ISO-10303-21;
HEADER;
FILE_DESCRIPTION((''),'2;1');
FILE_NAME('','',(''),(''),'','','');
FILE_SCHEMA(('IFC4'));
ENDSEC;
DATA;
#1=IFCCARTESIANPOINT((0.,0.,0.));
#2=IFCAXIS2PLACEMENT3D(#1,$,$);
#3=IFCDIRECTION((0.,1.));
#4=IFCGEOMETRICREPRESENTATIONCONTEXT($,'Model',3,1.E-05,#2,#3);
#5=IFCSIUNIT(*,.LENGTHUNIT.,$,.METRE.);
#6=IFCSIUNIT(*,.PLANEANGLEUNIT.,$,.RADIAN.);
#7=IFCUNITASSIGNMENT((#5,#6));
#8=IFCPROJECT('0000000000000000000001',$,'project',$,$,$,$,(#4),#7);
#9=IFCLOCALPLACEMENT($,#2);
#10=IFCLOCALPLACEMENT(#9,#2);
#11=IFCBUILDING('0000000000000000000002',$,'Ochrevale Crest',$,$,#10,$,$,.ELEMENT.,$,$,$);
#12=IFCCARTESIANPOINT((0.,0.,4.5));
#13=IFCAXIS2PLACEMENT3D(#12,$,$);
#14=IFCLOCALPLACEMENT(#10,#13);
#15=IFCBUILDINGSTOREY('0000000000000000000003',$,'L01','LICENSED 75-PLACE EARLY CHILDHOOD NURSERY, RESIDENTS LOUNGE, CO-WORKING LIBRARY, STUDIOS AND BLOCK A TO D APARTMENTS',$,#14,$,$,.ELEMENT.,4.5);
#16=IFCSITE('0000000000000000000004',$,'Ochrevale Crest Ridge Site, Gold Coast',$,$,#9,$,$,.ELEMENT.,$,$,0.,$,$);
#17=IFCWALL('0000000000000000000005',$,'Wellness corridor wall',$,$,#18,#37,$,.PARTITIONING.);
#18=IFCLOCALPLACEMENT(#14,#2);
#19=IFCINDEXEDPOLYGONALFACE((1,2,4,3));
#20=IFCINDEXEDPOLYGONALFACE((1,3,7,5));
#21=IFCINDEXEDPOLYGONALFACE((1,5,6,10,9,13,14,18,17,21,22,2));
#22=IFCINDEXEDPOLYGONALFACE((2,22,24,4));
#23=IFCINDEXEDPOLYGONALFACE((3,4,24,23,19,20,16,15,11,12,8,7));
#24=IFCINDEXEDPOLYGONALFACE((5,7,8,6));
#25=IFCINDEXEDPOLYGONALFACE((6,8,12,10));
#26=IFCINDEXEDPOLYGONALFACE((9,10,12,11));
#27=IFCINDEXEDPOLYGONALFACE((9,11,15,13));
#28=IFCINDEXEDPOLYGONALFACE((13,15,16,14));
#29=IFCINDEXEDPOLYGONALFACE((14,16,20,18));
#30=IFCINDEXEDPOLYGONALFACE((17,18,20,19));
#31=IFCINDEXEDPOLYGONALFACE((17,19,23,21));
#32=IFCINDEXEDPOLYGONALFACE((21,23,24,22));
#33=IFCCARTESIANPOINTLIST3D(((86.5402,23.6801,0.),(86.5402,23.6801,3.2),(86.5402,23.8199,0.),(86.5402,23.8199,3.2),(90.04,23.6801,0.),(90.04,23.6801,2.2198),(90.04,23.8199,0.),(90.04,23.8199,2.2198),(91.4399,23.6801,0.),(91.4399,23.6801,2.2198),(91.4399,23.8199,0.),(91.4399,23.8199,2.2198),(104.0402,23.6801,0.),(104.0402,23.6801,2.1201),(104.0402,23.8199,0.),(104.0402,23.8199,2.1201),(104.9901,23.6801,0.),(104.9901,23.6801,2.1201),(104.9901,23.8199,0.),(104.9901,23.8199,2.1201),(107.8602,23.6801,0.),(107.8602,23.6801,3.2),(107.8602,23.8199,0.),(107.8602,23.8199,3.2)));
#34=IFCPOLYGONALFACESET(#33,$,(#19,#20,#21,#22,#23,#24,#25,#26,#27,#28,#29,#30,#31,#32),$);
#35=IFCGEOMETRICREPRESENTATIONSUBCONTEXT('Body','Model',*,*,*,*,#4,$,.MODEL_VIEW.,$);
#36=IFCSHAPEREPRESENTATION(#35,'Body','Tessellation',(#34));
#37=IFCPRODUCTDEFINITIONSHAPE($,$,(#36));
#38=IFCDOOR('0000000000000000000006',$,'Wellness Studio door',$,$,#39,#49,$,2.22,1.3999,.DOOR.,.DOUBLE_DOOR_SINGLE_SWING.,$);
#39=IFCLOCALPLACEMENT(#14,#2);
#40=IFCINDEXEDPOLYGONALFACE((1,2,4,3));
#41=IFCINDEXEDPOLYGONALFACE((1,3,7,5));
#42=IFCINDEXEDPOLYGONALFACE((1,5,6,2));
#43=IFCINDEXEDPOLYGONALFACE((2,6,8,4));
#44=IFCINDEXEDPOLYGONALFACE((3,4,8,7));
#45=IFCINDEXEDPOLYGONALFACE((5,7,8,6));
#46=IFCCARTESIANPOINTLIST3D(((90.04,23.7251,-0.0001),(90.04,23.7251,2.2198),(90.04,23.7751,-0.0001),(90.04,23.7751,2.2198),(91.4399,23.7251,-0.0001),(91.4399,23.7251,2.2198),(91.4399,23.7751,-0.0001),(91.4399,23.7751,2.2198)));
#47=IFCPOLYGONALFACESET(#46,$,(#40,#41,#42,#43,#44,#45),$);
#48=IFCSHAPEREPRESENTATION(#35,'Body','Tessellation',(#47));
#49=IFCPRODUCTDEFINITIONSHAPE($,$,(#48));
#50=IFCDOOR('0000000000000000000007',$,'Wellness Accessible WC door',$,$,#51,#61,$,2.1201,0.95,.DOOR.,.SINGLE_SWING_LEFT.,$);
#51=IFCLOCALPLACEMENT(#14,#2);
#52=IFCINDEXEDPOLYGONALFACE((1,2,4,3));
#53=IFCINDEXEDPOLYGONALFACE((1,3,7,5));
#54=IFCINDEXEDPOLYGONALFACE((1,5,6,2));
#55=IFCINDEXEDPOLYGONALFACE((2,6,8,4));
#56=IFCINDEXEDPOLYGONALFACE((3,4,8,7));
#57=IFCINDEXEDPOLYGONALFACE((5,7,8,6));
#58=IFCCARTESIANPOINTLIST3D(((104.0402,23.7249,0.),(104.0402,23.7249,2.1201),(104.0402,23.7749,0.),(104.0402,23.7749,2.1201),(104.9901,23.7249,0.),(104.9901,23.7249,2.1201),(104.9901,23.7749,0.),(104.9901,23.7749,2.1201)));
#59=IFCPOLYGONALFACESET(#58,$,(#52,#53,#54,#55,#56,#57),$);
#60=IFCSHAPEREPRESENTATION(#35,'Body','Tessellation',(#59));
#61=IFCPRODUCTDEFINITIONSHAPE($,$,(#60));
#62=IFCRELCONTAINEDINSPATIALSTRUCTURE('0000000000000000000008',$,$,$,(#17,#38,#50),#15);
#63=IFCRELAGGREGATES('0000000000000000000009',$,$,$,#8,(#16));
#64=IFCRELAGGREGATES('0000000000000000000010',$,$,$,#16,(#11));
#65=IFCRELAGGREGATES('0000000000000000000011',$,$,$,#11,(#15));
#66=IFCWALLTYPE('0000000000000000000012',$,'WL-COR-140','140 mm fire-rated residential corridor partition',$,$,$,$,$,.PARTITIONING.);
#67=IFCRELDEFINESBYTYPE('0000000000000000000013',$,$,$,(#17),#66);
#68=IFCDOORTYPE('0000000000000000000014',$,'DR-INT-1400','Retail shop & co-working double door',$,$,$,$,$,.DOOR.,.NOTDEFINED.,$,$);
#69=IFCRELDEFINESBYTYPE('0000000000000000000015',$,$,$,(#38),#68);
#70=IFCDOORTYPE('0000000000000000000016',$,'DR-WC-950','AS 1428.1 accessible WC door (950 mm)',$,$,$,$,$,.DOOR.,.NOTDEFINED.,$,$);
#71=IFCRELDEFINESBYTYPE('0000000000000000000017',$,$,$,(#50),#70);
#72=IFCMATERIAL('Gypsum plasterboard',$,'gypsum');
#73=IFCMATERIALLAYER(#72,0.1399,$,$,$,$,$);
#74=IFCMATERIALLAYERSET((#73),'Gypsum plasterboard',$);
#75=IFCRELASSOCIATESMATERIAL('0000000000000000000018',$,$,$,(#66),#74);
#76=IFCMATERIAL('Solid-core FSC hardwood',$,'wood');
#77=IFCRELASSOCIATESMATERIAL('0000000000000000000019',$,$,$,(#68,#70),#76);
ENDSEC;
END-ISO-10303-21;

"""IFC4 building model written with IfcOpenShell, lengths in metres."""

from ifc_helpers import new_model, si_unit, direction, frame, frame_2d, origin, place, context, subcontext, project, spatial, rectangle, extrude, material, layer, layer_set, type_object, element, fill, save


model = new_model("IFC4")

# Units and contexts
model_context = context("Model", 3, precision=1e-05, world=origin(), true_north=direction((0.0, 1.0)))
body_context = subcontext(model_context, "Body", "Model", "MODEL_VIEW")
ifc_project = project(units=[si_unit("LENGTHUNIT", "METRE"), si_unit("PLANEANGLEUNIT", "RADIAN")], contexts=[model_context])

# Site, building, storey
site_placement = place(None, origin())
site = spatial("IfcSite", under=ifc_project, at=site_placement, Name="Ochrevale Crest Ridge Site, Gold Coast", CompositionType="ELEMENT", RefElevation=0.0)
building_placement = place(site_placement, origin())
building = spatial("IfcBuilding", under=site, at=building_placement, Name="Ochrevale Crest", CompositionType="ELEMENT")
storey_placement = place(building_placement, frame((0.0, 0.0, 4.5)))
storey = spatial("IfcBuildingStorey", under=building, at=storey_placement, Name="L01", Description="LICENSED 75-PLACE EARLY CHILDHOOD NURSERY, RESIDENTS LOUNGE, CO-WORKING LIBRARY, STUDIOS AND BLOCK A TO D APARTMENTS", CompositionType="ELEMENT", Elevation=4.5)

# Wall, openings, doors
ifc_material_1 = material(Name="Gypsum plasterboard", Category="gypsum")
ifc_layer_1 = layer(ifc_material_1, 0.1399)
ifc_layer_set_1 = layer_set([ifc_layer_1], Name="Gypsum plasterboard")
wall_type = type_object("IfcWallType", Name="WL-COR-140", Description="140 mm fire-rated residential corridor partition", PredefinedType="PARTITIONING", material=ifc_layer_set_1)
wall_placement = place(storey_placement, frame((86.54, 23.75, 0.0), z_axis=(0.0, 0.0, 1.0), x_axis=(1.0, 0.0, 0.0)))
wall = element("IfcWall", 1, at=wall_placement, inside=storey, type_object=wall_type, Name="Wellness corridor wall", PredefinedType="PARTITIONING", context=body_context, shape_type="SweptSolid", body=[
    extrude(rectangle(XDim=21.3201, YDim=0.1399, at=frame_2d((10.6602, 0.0))), origin(), (0.0, 0.0, 1.0), 3.2),
])
opening_1_placement = place(wall_placement, frame((4.8999, 0.0, 0.0), z_axis=(0.0, 0.0, 1.0), x_axis=(-1.0, 0.0, 0.0)))
opening_1 = element("IfcOpeningElement", 2, at=opening_1_placement, cuts=wall, PredefinedType="OPENING", context=body_context, shape_type="SweptSolid", body=[
    extrude(rectangle(XDim=1.3999, YDim=2.22, at=frame_2d((0.7, 1.1099))), frame((0.0, 0.0801, 0.0), z_axis=(0.0, -1.0, 0.0), x_axis=(1.0, 0.0, 0.0)), (0.0, 0.0, 1.0), 0.1599),
])
opening_2_placement = place(wall_placement, frame((17.5, 0.0, 0.0)))
opening_2 = element("IfcOpeningElement", 3, at=opening_2_placement, cuts=wall, PredefinedType="OPENING", context=body_context, shape_type="SweptSolid", body=[
    extrude(rectangle(XDim=0.95, YDim=2.1201, at=frame_2d((0.4751, 1.0601))), frame((0.0, 0.0801, 0.0), z_axis=(0.0, -1.0, 0.0), x_axis=(1.0, 0.0, 0.0)), (0.0, 0.0, 1.0), 0.1599),
])
ifc_material_2 = material(Name="Solid-core FSC hardwood", Category="wood")
door_type_1 = type_object("IfcDoorType", Name="DR-INT-1400", Description="Retail shop & co-working double door", OperationType="NOTDEFINED", PredefinedType="DOOR", material=ifc_material_2)
door_1_placement = place(opening_1_placement, origin())
door_1 = element("IfcDoor", 4, at=door_1_placement, inside=storey, type_object=door_type_1, Name="Wellness Studio door", OperationType="DOUBLE_DOOR_SINGLE_SWING", OverallHeight=2.22, OverallWidth=1.3999, PredefinedType="DOOR", context=body_context, shape_type="SweptSolid", body=[
    extrude(rectangle(XDim=1.3999, YDim=2.22, at=frame_2d((0.7, 1.1099))), frame((0.0, 0.0249, 0.0), z_axis=(0.0, -1.0, 0.0), x_axis=(1.0, 0.0, 0.0)), (0.0, 0.0, 1.0), 0.05),
])
fill(opening_1, door_1)
door_type_2 = type_object("IfcDoorType", Name="DR-WC-950", Description="AS 1428.1 accessible WC door (950 mm)", OperationType="NOTDEFINED", PredefinedType="DOOR", material=ifc_material_2)
door_2_placement = place(opening_2_placement, origin())
door_2 = element("IfcDoor", 5, at=door_2_placement, inside=storey, type_object=door_type_2, Name="Wellness Accessible WC door", OperationType="SINGLE_SWING_LEFT", OverallHeight=2.1201, OverallWidth=0.95, PredefinedType="DOOR", context=body_context, shape_type="SweptSolid", body=[
    extrude(rectangle(XDim=0.95, YDim=2.1201, at=frame_2d((0.4751, 1.0601))), frame((0.0, 0.0249, 0.0), z_axis=(0.0, -1.0, 0.0), x_axis=(1.0, 0.0, 0.0)), (0.0, 0.0, 1.0), 0.05),
])
fill(opening_2, door_2)

save(model, "model.ifc")
